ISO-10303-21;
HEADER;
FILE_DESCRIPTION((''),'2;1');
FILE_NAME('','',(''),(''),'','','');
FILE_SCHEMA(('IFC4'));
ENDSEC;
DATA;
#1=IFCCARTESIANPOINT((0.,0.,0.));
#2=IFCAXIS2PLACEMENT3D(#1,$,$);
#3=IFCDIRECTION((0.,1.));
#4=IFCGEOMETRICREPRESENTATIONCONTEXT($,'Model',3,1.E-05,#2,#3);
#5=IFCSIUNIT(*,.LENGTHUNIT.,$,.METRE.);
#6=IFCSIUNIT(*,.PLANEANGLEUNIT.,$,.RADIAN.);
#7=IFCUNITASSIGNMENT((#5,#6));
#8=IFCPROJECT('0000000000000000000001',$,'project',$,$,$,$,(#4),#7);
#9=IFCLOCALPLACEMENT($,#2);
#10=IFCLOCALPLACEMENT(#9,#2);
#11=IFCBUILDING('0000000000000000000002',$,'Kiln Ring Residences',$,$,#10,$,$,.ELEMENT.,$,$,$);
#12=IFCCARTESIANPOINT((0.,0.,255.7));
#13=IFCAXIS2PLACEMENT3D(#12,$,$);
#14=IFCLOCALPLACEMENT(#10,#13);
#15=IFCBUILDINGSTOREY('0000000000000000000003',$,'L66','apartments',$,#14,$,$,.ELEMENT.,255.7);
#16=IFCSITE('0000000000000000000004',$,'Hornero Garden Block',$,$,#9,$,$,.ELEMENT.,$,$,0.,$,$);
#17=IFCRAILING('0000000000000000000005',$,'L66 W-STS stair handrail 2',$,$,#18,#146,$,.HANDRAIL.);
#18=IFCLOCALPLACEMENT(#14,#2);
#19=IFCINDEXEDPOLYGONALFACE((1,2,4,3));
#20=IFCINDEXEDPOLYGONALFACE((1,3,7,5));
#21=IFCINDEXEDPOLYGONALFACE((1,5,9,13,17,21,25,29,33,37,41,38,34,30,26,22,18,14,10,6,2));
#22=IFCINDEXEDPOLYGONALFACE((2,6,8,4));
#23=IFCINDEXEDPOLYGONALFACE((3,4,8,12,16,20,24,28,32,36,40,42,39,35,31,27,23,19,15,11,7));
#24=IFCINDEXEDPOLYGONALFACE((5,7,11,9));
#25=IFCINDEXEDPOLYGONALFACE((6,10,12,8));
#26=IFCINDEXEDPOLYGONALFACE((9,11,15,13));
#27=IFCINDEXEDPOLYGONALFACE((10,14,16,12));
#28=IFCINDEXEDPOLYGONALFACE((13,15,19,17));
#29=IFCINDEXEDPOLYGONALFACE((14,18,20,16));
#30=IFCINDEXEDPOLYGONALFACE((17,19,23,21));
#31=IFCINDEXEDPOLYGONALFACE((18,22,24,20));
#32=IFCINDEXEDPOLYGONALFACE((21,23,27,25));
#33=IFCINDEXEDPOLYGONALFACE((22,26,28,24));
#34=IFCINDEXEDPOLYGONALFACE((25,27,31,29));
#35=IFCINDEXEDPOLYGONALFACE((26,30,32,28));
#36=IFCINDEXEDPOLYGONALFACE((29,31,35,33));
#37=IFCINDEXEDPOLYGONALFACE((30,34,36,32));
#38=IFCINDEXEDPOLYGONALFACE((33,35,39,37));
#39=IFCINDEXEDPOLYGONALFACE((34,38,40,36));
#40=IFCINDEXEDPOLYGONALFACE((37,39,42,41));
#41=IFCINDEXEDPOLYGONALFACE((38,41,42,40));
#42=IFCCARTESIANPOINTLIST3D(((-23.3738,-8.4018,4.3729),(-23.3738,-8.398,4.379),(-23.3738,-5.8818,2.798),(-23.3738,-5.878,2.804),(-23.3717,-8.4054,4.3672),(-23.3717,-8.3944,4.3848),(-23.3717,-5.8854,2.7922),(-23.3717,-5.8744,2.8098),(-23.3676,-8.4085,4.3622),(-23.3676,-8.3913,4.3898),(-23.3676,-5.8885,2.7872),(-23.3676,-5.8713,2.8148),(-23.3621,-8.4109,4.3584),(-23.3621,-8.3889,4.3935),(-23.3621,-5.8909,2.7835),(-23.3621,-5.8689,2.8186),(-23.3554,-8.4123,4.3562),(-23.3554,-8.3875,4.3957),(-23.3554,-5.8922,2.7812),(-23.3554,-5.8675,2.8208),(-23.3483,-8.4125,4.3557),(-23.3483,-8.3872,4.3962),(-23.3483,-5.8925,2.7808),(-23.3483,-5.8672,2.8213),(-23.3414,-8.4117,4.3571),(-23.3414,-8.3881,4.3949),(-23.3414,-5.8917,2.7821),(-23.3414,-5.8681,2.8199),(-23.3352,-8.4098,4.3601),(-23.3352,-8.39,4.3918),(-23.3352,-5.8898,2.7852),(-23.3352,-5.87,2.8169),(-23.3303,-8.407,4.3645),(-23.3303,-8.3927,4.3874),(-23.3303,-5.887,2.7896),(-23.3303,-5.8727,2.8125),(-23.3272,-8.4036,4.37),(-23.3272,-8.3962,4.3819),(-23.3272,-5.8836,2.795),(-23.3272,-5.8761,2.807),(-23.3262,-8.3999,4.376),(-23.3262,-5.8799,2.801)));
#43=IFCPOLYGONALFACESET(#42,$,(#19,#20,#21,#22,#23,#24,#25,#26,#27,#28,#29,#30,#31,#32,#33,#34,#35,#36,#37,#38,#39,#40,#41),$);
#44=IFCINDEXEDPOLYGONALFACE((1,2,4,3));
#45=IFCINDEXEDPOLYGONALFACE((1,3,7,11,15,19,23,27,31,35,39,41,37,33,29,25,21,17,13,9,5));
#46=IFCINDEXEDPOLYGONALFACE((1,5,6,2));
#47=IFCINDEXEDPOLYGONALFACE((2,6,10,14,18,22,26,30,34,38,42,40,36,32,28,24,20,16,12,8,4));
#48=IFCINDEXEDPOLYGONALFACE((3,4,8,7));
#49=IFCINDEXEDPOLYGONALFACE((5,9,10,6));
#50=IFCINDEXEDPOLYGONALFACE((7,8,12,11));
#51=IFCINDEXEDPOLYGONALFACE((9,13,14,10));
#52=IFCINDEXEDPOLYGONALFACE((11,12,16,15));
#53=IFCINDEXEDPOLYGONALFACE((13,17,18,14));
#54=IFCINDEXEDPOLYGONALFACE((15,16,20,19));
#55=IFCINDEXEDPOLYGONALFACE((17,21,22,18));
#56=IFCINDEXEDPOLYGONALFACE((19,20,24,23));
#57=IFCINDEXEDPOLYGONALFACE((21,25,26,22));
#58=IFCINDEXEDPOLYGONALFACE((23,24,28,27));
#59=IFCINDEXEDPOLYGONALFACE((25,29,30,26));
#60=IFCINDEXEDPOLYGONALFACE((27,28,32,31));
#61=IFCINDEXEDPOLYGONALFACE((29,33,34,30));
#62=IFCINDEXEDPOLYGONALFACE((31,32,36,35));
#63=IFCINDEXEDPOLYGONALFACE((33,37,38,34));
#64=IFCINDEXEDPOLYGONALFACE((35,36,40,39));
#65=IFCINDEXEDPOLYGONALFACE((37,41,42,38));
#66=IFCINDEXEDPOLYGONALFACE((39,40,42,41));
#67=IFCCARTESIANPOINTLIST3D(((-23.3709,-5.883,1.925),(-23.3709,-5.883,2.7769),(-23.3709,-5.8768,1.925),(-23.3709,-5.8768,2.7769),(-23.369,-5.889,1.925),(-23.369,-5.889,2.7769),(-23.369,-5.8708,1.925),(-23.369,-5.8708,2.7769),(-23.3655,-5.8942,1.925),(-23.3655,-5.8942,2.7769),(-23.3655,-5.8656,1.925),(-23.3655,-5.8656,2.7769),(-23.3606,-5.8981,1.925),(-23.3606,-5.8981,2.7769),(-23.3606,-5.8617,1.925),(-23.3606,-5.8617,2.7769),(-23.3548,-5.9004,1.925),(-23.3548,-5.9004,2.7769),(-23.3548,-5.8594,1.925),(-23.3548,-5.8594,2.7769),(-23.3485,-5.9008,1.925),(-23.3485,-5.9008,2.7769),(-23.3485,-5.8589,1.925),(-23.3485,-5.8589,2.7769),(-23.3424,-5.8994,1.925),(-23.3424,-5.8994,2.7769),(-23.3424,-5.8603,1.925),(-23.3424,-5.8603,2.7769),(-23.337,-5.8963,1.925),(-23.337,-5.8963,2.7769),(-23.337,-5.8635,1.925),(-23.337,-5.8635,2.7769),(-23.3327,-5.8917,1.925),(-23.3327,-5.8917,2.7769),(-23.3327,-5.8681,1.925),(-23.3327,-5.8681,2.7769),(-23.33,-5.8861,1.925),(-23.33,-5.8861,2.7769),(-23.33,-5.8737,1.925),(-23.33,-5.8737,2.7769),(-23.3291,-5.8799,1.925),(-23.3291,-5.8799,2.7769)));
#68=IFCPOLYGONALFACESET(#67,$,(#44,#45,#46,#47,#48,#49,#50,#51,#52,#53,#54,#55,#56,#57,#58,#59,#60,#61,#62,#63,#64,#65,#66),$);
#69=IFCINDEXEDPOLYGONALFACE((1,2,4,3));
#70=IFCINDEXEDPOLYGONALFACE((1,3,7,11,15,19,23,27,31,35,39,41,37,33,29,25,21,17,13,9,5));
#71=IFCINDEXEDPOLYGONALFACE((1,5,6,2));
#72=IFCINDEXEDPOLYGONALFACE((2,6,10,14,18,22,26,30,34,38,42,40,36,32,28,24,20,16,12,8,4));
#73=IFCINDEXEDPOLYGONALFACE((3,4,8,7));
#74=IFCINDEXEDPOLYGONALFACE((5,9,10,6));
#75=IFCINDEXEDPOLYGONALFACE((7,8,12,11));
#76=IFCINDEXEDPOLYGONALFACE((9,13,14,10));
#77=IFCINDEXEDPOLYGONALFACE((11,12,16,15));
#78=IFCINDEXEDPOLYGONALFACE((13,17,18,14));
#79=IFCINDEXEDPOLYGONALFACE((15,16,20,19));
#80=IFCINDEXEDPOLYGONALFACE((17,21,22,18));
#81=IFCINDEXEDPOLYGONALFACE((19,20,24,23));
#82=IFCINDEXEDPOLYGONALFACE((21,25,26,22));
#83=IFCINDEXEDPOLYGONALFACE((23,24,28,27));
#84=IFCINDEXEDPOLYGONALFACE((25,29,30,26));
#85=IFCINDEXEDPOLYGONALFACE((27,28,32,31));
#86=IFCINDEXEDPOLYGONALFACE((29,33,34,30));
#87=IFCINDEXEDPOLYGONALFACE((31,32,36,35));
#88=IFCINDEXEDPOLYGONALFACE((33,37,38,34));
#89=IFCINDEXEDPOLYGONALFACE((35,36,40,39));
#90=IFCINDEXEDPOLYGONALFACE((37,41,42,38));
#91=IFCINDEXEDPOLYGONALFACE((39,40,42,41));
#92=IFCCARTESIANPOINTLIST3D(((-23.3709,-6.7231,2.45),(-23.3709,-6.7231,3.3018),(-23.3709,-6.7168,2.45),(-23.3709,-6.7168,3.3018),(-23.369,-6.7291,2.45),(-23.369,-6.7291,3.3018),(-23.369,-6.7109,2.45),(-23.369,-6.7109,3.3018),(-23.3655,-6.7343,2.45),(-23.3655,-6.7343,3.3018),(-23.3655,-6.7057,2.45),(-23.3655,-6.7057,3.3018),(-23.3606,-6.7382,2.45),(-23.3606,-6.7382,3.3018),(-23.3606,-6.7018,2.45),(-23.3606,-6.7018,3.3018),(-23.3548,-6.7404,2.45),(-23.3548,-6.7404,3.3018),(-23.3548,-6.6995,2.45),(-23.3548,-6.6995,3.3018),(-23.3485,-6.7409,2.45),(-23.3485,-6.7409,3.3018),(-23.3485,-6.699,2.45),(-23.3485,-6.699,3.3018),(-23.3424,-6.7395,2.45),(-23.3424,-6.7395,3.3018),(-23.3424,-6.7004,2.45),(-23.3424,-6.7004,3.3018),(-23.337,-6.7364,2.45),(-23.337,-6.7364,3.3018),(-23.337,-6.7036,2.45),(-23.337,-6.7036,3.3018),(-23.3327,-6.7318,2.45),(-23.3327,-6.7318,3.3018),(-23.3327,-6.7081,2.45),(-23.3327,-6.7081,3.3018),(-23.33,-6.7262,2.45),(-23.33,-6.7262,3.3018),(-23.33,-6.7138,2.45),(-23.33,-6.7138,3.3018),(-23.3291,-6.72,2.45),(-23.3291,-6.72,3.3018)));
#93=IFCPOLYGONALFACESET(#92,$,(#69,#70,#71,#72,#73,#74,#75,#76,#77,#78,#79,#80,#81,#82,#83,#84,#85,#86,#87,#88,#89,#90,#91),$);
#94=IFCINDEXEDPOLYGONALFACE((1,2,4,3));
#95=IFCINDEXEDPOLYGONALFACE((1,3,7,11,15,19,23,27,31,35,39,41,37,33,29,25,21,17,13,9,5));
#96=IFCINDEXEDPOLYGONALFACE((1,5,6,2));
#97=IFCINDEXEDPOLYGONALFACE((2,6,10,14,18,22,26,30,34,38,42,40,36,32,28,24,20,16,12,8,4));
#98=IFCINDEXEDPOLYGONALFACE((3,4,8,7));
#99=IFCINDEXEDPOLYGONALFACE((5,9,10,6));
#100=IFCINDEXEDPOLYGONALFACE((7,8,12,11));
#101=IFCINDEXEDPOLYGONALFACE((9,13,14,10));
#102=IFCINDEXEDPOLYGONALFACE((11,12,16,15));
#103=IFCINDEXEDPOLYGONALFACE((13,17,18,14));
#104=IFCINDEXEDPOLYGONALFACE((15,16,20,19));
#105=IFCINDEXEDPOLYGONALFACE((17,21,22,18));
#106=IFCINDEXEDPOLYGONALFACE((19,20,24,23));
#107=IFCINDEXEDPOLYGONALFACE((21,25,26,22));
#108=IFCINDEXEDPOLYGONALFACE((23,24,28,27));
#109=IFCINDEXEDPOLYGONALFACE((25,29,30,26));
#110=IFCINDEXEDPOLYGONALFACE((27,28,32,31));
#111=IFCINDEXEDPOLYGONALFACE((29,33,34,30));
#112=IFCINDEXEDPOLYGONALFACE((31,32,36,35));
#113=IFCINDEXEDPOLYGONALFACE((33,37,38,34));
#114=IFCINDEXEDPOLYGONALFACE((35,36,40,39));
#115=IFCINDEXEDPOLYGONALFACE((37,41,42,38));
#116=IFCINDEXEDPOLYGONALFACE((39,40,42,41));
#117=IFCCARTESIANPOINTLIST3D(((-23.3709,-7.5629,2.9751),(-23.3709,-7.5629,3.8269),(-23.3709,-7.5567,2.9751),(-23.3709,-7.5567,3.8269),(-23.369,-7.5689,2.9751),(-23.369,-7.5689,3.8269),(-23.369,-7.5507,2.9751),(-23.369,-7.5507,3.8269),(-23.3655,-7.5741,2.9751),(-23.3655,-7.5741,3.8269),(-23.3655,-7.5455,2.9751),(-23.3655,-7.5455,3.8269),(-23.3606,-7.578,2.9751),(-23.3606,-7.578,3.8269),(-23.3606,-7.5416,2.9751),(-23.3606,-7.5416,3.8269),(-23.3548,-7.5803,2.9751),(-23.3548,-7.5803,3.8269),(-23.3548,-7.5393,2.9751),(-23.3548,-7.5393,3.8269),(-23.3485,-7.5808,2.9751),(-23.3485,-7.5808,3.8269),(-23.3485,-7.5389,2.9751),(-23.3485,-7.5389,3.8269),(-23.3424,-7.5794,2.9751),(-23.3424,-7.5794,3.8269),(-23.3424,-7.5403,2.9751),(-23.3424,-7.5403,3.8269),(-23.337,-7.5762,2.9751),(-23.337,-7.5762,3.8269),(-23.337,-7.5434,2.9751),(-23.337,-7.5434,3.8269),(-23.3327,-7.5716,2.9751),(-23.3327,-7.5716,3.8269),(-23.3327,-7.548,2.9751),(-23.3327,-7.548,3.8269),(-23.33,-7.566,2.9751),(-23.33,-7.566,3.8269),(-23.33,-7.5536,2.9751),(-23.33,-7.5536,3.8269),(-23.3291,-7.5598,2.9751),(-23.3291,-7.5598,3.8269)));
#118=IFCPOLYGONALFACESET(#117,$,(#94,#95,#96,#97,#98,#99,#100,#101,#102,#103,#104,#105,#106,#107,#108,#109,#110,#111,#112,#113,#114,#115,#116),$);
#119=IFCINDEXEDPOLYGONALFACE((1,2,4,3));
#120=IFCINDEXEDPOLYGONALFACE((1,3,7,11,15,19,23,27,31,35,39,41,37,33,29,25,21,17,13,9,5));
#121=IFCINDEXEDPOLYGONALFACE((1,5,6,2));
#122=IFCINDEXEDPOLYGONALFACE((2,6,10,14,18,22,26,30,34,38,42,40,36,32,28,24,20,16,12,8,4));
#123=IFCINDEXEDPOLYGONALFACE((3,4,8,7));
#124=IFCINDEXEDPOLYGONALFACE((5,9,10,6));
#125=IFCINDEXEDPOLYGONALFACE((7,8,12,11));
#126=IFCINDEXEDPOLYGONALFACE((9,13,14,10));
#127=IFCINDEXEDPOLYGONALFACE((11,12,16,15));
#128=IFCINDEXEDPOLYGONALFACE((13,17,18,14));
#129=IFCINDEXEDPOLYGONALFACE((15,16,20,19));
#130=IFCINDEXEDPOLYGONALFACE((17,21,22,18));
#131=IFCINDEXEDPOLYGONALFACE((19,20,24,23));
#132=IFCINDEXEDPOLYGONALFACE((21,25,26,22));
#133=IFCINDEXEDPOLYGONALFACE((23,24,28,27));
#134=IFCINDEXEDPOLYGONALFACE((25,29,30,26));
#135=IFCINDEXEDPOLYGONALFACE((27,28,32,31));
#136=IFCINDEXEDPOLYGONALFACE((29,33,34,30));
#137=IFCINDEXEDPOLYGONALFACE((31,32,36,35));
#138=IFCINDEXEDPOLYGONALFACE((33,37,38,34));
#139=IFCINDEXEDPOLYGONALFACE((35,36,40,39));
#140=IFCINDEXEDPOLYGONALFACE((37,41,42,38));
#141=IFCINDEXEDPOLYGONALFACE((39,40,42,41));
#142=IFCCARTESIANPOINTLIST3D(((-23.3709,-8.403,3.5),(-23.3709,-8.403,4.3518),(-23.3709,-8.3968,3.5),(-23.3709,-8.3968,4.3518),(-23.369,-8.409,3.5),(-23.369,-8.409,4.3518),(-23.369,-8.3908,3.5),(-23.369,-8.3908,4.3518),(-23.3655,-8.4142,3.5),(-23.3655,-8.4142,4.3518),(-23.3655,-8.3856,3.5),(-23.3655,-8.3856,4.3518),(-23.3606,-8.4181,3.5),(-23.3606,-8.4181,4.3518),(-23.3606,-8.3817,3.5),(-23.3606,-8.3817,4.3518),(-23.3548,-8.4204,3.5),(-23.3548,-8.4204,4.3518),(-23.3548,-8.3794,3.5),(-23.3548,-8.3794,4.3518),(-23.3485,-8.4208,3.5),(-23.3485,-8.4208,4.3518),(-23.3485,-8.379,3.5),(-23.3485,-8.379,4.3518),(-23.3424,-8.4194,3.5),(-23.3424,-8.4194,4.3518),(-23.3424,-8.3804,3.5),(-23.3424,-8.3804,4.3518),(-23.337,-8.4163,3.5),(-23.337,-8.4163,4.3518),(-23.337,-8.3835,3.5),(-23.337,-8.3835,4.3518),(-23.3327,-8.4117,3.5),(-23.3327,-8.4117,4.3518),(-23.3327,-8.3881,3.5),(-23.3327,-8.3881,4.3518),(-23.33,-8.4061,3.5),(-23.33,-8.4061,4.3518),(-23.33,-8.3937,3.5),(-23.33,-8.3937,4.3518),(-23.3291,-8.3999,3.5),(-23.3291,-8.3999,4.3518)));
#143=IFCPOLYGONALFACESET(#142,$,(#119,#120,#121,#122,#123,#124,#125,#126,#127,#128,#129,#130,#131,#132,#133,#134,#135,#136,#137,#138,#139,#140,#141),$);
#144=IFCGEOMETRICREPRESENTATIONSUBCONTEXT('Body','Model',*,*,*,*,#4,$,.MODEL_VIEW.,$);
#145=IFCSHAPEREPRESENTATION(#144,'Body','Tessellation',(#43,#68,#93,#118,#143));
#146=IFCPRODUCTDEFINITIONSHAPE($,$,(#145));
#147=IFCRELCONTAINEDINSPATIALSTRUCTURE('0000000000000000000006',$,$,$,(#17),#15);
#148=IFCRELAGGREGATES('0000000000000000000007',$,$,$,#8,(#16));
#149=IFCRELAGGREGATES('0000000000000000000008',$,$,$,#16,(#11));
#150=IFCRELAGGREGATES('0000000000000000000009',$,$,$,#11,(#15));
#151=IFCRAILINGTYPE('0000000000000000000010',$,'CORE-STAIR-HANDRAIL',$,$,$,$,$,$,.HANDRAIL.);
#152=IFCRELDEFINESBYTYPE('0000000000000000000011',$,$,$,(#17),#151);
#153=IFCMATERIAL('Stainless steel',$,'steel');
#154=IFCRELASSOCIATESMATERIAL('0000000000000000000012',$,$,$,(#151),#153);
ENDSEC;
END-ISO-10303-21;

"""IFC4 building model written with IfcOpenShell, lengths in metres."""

from ifc_helpers import new_model, si_unit, direction, frame, origin, origin_2d, place, context, subcontext, project, spatial, circle, extrude, material, type_object, element, save


model = new_model("IFC4")

# Units and contexts
model_context = context("Model", 3, precision=1e-05, world=origin(), true_north=direction((0.0, 1.0)))
body_context = subcontext(model_context, "Body", "Model", "MODEL_VIEW")
ifc_project = project(units=[si_unit("LENGTHUNIT", "METRE"), si_unit("PLANEANGLEUNIT", "RADIAN")], contexts=[model_context])

# Site, building, storey
site_placement = place(None, origin())
site = spatial("IfcSite", under=ifc_project, at=site_placement, Name="Hornero Garden Block", CompositionType="ELEMENT", RefElevation=0.0)
building_placement = place(site_placement, origin())
building = spatial("IfcBuilding", under=site, at=building_placement, Name="Kiln Ring Residences", CompositionType="ELEMENT")
storey_placement = place(building_placement, frame((0.0, 0.0, 255.7)))
storey = spatial("IfcBuildingStorey", under=building, at=storey_placement, Name="L66", Description="apartments", CompositionType="ELEMENT", Elevation=255.7)

# Railing
ifc_material_1 = material(Name="Stainless steel", Category="steel")
railing_type_1 = type_object("IfcRailingType", Name="CORE-STAIR-HANDRAIL", PredefinedType="HANDRAIL", material=ifc_material_1)
railing_1_placement = place(storey_placement, frame((-23.3501, -5.8799, 1.925)))
element("IfcRailing", 1, at=railing_1_placement, inside=storey, type_object=railing_type_1, Name="L66 W-STS stair handrail 2", PredefinedType="HANDRAIL", context=body_context, shape_type="SweptSolid", body=[
    extrude(circle(Radius=0.0239, at=origin_2d()), frame((0.0, 0.0, 0.876), z_axis=(0.0, -0.848008, 0.529984), x_axis=(1.0, 0.0, 0.0)), (0.0, 0.0, 1.0), 2.9717),
    extrude(circle(Radius=0.021, at=origin_2d()), origin(), (0.0, 0.0, 1.0), 0.8518),
    extrude(circle(Radius=0.021, at=origin_2d()), frame((0.0, -0.8401, 0.5249)), (0.0, 0.0, 1.0), 0.8518),
    extrude(circle(Radius=0.021, at=origin_2d()), frame((0.0, -1.6799, 1.05)), (0.0, 0.0, 1.0), 0.8518),
    extrude(circle(Radius=0.021, at=origin_2d()), frame((0.0, -2.52, 1.575)), (0.0, 0.0, 1.0), 0.8518),
])

save(model, "model.ifc")
